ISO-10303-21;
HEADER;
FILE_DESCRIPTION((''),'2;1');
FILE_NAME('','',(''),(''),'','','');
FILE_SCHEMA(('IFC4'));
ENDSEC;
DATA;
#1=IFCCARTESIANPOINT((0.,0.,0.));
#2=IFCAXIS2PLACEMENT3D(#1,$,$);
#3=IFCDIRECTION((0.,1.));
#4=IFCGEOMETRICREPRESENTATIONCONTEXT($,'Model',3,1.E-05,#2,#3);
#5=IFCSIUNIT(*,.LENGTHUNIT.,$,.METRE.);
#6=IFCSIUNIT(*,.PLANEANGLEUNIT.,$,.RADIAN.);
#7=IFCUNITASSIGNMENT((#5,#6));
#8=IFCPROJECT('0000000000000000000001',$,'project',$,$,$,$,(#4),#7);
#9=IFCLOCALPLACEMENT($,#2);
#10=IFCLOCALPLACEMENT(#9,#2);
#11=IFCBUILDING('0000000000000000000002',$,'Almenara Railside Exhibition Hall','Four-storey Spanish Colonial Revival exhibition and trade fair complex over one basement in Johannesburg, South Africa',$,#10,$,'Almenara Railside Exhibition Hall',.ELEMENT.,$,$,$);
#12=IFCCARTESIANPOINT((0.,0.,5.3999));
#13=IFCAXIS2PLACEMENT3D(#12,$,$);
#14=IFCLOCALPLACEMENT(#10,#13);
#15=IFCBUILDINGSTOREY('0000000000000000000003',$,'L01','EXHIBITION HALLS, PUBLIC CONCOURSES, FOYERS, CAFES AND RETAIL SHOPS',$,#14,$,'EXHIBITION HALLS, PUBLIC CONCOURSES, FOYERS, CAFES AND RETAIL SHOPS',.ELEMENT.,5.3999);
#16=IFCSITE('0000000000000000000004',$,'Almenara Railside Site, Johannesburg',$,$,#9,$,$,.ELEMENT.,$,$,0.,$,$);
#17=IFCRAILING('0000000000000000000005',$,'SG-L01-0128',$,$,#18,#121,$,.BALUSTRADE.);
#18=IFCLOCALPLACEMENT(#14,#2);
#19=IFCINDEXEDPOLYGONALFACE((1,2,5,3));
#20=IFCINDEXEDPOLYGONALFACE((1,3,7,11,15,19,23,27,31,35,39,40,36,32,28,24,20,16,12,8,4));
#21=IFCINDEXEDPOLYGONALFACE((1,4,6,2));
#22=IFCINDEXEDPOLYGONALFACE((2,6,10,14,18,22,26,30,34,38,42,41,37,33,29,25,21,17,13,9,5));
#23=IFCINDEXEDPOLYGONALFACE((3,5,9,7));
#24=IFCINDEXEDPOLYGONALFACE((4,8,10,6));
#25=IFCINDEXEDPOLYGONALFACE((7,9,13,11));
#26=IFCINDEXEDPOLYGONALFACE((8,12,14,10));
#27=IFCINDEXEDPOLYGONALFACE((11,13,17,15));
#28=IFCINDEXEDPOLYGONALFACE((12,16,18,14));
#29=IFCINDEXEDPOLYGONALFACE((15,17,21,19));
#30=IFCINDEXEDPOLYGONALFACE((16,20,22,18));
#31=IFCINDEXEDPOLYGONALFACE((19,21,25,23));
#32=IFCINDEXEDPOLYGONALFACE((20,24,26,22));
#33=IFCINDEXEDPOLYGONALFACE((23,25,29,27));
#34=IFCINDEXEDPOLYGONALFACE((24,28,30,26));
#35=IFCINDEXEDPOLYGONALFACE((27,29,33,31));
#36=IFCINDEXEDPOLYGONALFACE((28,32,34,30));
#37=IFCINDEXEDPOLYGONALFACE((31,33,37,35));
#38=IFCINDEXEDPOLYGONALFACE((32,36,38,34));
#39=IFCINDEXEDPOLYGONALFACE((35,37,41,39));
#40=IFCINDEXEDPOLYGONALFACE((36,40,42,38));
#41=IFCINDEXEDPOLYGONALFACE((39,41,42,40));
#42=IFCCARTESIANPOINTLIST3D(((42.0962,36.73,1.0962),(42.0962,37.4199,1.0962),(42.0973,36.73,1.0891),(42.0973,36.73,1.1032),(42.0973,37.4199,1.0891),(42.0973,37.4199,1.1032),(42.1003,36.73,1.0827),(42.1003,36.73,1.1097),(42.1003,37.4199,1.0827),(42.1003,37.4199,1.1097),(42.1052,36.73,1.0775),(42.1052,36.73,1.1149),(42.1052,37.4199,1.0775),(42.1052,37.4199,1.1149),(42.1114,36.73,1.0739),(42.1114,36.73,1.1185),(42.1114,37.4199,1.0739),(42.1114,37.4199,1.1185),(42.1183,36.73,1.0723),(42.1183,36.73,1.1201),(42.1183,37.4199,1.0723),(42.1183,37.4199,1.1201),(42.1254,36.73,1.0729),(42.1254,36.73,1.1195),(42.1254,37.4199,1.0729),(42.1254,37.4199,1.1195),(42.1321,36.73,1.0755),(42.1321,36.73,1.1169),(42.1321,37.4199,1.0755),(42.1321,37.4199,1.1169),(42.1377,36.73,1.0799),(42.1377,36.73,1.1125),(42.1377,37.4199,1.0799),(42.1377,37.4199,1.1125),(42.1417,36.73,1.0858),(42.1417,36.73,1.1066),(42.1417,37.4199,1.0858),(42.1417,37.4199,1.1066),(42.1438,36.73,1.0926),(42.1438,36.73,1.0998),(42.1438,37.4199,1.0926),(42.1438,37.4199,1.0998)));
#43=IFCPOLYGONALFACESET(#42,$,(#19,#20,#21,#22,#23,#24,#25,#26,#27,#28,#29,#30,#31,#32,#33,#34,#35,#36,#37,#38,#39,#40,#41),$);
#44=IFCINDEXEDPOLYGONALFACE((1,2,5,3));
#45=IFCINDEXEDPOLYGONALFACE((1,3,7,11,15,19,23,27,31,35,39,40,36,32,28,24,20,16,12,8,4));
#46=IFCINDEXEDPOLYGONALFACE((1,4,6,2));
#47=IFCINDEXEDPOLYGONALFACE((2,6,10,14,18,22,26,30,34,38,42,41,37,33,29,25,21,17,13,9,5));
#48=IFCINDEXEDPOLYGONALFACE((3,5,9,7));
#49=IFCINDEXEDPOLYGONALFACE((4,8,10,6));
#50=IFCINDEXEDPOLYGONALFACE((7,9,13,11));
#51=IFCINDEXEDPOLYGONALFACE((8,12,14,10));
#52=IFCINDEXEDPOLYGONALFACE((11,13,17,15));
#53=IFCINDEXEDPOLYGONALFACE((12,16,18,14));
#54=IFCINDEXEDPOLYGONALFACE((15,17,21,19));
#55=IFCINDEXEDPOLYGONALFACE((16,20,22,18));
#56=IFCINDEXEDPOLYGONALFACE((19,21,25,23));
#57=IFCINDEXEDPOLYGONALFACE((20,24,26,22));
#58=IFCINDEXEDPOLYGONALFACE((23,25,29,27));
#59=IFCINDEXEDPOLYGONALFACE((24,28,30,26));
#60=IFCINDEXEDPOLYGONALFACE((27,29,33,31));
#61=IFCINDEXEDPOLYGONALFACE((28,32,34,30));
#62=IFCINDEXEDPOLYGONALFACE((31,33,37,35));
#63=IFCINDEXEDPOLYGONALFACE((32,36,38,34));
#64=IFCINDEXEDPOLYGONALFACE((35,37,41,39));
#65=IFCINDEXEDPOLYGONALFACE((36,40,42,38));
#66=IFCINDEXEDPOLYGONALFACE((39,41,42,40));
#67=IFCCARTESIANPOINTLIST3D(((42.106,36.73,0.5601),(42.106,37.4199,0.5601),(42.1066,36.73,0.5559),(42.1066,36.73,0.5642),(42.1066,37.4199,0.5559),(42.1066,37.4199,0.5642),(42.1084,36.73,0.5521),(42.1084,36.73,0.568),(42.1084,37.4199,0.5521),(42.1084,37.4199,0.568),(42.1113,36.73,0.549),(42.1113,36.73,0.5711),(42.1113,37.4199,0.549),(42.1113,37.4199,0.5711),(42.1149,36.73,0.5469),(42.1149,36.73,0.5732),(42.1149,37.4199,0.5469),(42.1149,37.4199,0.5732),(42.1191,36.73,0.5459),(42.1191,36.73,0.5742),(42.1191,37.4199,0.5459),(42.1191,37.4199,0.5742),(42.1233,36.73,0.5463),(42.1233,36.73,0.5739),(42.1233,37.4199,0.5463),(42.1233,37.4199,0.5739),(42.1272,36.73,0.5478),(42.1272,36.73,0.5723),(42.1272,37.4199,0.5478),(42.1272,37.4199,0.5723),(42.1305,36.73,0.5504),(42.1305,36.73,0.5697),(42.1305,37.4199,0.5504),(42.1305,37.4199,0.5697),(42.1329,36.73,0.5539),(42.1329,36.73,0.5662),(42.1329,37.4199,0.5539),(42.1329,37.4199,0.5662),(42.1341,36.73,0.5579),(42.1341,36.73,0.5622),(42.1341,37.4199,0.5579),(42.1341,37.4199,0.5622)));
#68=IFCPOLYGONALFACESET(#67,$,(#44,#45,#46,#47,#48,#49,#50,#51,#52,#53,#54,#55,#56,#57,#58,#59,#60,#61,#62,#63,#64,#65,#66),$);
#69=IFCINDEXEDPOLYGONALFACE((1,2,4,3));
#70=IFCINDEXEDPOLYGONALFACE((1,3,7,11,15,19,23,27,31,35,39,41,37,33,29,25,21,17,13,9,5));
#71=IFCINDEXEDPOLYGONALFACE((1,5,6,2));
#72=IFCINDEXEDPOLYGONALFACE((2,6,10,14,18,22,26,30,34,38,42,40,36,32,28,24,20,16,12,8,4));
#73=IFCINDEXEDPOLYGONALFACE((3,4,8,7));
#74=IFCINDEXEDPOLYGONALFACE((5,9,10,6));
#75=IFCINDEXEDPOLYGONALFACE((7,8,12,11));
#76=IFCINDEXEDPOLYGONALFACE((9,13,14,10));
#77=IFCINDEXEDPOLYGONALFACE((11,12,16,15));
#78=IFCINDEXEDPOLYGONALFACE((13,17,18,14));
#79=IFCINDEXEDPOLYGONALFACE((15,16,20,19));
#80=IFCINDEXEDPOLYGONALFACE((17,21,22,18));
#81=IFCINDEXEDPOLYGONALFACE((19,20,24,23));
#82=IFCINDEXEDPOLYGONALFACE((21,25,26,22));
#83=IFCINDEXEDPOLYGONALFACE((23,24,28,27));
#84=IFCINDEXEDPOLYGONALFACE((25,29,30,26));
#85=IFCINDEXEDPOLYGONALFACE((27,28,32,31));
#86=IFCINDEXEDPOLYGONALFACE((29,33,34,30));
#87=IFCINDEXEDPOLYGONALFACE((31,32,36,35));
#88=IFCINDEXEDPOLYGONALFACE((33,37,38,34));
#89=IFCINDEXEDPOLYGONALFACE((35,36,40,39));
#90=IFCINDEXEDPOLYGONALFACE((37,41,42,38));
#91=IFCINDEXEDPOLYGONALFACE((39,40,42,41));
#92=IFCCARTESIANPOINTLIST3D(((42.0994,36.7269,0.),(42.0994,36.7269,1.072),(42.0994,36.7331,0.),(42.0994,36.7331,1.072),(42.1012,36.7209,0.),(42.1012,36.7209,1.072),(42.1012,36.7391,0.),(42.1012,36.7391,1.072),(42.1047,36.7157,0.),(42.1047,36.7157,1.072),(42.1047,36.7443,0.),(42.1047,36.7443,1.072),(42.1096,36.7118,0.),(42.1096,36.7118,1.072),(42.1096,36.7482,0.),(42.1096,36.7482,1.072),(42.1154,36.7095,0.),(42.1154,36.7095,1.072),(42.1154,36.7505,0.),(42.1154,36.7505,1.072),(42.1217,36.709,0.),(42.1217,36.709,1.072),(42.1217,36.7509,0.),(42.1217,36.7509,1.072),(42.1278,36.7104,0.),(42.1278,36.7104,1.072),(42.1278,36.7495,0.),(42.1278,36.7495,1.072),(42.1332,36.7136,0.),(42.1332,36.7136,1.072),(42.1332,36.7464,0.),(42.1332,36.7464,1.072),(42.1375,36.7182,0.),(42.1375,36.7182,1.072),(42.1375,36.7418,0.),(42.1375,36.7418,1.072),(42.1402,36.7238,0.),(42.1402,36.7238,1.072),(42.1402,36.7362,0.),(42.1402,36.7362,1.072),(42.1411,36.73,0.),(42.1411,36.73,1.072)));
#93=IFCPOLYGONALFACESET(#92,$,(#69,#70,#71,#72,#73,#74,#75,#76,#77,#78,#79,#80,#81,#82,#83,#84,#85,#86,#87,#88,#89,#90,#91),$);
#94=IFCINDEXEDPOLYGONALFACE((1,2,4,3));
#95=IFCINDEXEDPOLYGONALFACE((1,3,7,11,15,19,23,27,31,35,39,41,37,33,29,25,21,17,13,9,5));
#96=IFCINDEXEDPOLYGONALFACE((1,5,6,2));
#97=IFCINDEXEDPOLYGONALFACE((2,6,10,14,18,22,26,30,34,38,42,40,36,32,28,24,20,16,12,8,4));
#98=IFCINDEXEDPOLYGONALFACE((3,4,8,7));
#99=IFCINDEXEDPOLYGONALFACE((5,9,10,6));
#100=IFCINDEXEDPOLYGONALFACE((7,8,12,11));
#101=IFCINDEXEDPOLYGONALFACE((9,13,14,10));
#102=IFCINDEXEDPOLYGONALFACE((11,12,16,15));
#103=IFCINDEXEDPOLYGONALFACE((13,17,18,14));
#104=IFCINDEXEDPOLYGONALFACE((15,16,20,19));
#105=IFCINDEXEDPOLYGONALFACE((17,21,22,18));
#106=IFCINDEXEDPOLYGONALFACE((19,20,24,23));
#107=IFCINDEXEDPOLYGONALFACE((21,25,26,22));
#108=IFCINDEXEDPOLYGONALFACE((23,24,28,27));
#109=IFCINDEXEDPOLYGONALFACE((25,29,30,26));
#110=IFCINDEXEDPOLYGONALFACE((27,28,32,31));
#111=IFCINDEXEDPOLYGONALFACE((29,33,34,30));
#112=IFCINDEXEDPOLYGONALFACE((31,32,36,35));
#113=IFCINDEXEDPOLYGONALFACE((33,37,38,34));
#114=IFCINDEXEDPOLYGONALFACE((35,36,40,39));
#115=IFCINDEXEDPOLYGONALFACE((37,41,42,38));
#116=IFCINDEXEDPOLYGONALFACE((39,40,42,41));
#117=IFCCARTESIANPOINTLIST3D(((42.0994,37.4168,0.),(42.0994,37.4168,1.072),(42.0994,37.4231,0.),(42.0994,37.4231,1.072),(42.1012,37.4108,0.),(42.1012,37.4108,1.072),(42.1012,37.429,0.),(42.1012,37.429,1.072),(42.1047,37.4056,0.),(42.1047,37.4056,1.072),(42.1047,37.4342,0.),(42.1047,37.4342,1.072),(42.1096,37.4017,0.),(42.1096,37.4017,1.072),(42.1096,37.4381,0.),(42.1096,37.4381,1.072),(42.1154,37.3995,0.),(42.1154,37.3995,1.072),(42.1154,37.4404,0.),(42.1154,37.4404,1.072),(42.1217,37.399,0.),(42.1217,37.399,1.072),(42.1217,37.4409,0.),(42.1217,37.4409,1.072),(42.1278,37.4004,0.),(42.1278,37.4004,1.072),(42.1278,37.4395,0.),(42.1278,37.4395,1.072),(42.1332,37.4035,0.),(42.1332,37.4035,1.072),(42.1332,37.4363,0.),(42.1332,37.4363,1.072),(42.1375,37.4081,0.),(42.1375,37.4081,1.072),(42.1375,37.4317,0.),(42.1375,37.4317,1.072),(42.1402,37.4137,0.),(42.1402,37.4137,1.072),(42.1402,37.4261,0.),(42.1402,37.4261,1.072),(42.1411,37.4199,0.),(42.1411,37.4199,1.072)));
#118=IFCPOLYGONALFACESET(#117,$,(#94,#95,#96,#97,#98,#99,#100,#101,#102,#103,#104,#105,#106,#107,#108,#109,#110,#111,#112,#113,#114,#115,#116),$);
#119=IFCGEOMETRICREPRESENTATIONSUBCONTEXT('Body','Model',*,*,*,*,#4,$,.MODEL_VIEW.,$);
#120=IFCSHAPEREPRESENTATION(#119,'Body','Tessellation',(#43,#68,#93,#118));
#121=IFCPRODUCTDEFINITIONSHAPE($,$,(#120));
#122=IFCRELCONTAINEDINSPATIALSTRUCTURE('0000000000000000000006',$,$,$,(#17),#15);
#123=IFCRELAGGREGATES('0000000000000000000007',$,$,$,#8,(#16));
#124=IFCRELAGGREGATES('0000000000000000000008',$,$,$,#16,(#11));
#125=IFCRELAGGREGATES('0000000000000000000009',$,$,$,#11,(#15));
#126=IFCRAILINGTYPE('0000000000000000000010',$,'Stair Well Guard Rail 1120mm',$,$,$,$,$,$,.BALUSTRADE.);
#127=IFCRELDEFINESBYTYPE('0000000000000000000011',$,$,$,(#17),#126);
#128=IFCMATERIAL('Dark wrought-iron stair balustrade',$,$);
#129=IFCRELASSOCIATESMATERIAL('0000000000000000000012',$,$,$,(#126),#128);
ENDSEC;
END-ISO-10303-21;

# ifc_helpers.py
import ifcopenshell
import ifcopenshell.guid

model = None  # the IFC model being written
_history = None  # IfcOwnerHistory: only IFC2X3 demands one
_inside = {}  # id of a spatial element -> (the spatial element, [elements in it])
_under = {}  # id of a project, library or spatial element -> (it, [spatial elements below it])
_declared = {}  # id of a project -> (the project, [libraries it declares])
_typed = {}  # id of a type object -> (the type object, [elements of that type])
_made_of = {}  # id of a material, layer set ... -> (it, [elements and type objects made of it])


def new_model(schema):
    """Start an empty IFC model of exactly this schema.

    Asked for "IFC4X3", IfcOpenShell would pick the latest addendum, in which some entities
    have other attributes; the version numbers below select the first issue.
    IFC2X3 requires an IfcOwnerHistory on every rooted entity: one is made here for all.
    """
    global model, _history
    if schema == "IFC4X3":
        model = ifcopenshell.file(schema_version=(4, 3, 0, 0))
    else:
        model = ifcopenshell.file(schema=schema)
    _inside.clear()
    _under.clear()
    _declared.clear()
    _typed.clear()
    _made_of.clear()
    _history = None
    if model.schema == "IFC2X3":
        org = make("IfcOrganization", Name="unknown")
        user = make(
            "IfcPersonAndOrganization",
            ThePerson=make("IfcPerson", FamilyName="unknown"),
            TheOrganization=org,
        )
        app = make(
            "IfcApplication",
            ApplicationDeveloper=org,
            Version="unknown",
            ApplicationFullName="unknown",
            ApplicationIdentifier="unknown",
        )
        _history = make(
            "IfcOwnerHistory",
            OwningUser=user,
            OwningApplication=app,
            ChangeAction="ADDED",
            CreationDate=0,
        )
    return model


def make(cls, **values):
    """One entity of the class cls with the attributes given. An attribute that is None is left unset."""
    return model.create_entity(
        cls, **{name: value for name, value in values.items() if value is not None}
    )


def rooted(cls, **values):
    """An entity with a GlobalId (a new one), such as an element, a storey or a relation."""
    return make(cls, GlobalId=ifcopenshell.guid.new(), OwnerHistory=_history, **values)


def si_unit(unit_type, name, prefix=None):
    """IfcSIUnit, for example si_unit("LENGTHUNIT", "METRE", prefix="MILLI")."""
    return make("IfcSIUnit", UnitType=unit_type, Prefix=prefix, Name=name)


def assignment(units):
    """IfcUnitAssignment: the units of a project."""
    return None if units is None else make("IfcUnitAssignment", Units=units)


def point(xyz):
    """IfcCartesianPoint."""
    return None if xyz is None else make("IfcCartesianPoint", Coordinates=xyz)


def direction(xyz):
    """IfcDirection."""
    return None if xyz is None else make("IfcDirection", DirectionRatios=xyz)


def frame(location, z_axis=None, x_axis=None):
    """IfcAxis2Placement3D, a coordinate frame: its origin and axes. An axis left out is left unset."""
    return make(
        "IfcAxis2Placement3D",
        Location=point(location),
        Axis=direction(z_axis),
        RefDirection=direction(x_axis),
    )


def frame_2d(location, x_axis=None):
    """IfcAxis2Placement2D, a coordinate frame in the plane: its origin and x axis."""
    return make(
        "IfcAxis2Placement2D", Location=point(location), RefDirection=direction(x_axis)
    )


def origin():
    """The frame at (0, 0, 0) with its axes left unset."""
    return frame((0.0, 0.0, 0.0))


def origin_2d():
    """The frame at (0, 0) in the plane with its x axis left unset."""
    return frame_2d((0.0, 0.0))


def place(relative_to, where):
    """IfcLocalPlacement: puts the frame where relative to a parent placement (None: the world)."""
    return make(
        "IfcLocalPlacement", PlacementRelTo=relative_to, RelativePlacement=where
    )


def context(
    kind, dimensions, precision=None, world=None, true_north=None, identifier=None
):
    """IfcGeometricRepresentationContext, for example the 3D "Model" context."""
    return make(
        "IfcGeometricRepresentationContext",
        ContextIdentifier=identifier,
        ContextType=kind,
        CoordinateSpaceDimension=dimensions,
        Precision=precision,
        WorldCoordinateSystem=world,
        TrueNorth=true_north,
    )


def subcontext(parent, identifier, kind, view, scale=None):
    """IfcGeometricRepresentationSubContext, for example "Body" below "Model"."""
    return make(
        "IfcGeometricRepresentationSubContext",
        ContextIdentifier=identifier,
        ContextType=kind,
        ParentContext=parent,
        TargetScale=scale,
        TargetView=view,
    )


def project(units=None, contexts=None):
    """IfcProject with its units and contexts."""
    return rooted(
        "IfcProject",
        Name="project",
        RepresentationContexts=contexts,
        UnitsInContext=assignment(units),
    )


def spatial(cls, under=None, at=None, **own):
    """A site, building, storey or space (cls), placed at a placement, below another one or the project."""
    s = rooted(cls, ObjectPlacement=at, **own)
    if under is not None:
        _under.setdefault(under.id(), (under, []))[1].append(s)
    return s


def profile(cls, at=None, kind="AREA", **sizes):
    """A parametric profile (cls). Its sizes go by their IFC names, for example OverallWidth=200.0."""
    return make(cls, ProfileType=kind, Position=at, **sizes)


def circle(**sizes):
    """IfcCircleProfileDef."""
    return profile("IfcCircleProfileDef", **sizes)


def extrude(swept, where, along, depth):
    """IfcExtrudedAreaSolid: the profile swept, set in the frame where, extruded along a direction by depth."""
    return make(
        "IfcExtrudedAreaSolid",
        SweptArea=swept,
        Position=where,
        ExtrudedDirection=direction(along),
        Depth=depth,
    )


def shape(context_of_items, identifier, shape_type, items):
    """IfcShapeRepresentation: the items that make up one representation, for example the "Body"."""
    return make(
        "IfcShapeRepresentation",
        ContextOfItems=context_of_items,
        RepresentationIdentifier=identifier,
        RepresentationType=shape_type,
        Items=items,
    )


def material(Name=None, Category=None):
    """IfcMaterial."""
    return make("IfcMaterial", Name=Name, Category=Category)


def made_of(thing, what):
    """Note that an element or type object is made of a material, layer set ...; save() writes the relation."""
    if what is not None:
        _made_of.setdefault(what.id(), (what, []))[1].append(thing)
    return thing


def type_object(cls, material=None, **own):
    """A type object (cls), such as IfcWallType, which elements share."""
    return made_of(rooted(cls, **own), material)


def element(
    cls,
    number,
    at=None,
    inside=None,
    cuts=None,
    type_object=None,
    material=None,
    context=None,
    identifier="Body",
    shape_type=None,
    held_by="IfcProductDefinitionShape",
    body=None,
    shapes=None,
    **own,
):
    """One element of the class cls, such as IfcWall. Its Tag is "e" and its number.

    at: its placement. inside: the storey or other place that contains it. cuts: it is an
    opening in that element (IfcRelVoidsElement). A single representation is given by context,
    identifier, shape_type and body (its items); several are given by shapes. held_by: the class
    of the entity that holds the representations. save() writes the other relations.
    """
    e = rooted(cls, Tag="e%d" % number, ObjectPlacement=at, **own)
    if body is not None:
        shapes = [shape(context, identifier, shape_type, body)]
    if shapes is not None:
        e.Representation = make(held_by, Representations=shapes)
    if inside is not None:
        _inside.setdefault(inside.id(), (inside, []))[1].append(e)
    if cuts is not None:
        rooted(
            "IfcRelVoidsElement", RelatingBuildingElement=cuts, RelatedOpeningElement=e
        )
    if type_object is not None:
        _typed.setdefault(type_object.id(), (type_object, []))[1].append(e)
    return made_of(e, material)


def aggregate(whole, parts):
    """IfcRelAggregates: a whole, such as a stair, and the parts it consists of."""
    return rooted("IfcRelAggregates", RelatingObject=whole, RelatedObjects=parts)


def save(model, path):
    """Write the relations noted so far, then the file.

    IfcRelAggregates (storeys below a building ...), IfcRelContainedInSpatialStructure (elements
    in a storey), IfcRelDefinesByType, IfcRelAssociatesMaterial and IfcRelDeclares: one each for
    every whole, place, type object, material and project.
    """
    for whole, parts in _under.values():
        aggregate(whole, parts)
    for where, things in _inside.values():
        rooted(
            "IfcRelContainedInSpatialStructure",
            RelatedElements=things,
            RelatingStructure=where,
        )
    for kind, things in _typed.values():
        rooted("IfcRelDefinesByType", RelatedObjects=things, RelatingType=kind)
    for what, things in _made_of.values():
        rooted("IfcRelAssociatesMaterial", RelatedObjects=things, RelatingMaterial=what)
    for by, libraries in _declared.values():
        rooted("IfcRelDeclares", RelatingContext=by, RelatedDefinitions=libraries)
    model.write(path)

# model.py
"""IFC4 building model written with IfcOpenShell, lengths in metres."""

from ifc_helpers import new_model, si_unit, direction, frame, origin, origin_2d, place, context, subcontext, project, spatial, circle, extrude, material, type_object, element, save


model = new_model("IFC4")

# Units and contexts
model_context = context("Model", 3, precision=1e-05, world=origin(), true_north=direction((0.0, 1.0)))
body_context = subcontext(model_context, "Body", "Model", "MODEL_VIEW")
ifc_project = project(units=[si_unit("LENGTHUNIT", "METRE"), si_unit("PLANEANGLEUNIT", "RADIAN")], contexts=[model_context])

# Site, building, storey
site_placement = place(None, origin())
site = spatial("IfcSite", under=ifc_project, at=site_placement, Name="Almenara Railside Site, Johannesburg", CompositionType="ELEMENT", RefElevation=0.0)
building_placement = place(site_placement, origin())
building = spatial("IfcBuilding", under=site, at=building_placement, Name="Almenara Railside Exhibition Hall", Description="Four-storey Spanish Colonial Revival exhibition and trade fair complex over one basement in Johannesburg, South Africa", LongName="Almenara Railside Exhibition Hall", CompositionType="ELEMENT")
storey_placement = place(building_placement, frame((0.0, 0.0, 5.3999)))
storey = spatial("IfcBuildingStorey", under=building, at=storey_placement, Name="L01", Description="EXHIBITION HALLS, PUBLIC CONCOURSES, FOYERS, CAFES AND RETAIL SHOPS", LongName="EXHIBITION HALLS, PUBLIC CONCOURSES, FOYERS, CAFES AND RETAIL SHOPS", CompositionType="ELEMENT", Elevation=5.3999)

# Railing
ifc_material_1 = material(Name="Dark wrought-iron stair balustrade")
railing_type_1 = type_object("IfcRailingType", Name="Stair Well Guard Rail 1120mm", PredefinedType="BALUSTRADE", material=ifc_material_1)
railing_1_placement = place(storey_placement, frame((42.1201, 36.73, 0.0)))
element("IfcRailing", 1, at=railing_1_placement, inside=storey, type_object=railing_type_1, Name="SG-L01-0128", PredefinedType="BALUSTRADE", context=body_context, shape_type="SweptSolid", body=[
    extrude(circle(Radius=0.0239, at=origin_2d()), frame((0.0, 0.0, 1.0962), z_axis=(0.0, 1.0, 0.0), x_axis=(-1.0, 0.0, 0.0)), (0.0, 0.0, 1.0), 0.6899),
    extrude(circle(Radius=0.0142, at=origin_2d()), frame((0.0, 0.0, 0.5601), z_axis=(0.0, 1.0, 0.0), x_axis=(-1.0, 0.0, 0.0)), (0.0, 0.0, 1.0), 0.6899),
    extrude(circle(Radius=0.021, at=origin_2d()), origin(), (0.0, 0.0, 1.0), 1.072),
    extrude(circle(Radius=0.021, at=origin_2d()), frame((0.0, 0.6899, 0.0)), (0.0, 0.0, 1.0), 1.072),
])

save(model, "model.ifc")
